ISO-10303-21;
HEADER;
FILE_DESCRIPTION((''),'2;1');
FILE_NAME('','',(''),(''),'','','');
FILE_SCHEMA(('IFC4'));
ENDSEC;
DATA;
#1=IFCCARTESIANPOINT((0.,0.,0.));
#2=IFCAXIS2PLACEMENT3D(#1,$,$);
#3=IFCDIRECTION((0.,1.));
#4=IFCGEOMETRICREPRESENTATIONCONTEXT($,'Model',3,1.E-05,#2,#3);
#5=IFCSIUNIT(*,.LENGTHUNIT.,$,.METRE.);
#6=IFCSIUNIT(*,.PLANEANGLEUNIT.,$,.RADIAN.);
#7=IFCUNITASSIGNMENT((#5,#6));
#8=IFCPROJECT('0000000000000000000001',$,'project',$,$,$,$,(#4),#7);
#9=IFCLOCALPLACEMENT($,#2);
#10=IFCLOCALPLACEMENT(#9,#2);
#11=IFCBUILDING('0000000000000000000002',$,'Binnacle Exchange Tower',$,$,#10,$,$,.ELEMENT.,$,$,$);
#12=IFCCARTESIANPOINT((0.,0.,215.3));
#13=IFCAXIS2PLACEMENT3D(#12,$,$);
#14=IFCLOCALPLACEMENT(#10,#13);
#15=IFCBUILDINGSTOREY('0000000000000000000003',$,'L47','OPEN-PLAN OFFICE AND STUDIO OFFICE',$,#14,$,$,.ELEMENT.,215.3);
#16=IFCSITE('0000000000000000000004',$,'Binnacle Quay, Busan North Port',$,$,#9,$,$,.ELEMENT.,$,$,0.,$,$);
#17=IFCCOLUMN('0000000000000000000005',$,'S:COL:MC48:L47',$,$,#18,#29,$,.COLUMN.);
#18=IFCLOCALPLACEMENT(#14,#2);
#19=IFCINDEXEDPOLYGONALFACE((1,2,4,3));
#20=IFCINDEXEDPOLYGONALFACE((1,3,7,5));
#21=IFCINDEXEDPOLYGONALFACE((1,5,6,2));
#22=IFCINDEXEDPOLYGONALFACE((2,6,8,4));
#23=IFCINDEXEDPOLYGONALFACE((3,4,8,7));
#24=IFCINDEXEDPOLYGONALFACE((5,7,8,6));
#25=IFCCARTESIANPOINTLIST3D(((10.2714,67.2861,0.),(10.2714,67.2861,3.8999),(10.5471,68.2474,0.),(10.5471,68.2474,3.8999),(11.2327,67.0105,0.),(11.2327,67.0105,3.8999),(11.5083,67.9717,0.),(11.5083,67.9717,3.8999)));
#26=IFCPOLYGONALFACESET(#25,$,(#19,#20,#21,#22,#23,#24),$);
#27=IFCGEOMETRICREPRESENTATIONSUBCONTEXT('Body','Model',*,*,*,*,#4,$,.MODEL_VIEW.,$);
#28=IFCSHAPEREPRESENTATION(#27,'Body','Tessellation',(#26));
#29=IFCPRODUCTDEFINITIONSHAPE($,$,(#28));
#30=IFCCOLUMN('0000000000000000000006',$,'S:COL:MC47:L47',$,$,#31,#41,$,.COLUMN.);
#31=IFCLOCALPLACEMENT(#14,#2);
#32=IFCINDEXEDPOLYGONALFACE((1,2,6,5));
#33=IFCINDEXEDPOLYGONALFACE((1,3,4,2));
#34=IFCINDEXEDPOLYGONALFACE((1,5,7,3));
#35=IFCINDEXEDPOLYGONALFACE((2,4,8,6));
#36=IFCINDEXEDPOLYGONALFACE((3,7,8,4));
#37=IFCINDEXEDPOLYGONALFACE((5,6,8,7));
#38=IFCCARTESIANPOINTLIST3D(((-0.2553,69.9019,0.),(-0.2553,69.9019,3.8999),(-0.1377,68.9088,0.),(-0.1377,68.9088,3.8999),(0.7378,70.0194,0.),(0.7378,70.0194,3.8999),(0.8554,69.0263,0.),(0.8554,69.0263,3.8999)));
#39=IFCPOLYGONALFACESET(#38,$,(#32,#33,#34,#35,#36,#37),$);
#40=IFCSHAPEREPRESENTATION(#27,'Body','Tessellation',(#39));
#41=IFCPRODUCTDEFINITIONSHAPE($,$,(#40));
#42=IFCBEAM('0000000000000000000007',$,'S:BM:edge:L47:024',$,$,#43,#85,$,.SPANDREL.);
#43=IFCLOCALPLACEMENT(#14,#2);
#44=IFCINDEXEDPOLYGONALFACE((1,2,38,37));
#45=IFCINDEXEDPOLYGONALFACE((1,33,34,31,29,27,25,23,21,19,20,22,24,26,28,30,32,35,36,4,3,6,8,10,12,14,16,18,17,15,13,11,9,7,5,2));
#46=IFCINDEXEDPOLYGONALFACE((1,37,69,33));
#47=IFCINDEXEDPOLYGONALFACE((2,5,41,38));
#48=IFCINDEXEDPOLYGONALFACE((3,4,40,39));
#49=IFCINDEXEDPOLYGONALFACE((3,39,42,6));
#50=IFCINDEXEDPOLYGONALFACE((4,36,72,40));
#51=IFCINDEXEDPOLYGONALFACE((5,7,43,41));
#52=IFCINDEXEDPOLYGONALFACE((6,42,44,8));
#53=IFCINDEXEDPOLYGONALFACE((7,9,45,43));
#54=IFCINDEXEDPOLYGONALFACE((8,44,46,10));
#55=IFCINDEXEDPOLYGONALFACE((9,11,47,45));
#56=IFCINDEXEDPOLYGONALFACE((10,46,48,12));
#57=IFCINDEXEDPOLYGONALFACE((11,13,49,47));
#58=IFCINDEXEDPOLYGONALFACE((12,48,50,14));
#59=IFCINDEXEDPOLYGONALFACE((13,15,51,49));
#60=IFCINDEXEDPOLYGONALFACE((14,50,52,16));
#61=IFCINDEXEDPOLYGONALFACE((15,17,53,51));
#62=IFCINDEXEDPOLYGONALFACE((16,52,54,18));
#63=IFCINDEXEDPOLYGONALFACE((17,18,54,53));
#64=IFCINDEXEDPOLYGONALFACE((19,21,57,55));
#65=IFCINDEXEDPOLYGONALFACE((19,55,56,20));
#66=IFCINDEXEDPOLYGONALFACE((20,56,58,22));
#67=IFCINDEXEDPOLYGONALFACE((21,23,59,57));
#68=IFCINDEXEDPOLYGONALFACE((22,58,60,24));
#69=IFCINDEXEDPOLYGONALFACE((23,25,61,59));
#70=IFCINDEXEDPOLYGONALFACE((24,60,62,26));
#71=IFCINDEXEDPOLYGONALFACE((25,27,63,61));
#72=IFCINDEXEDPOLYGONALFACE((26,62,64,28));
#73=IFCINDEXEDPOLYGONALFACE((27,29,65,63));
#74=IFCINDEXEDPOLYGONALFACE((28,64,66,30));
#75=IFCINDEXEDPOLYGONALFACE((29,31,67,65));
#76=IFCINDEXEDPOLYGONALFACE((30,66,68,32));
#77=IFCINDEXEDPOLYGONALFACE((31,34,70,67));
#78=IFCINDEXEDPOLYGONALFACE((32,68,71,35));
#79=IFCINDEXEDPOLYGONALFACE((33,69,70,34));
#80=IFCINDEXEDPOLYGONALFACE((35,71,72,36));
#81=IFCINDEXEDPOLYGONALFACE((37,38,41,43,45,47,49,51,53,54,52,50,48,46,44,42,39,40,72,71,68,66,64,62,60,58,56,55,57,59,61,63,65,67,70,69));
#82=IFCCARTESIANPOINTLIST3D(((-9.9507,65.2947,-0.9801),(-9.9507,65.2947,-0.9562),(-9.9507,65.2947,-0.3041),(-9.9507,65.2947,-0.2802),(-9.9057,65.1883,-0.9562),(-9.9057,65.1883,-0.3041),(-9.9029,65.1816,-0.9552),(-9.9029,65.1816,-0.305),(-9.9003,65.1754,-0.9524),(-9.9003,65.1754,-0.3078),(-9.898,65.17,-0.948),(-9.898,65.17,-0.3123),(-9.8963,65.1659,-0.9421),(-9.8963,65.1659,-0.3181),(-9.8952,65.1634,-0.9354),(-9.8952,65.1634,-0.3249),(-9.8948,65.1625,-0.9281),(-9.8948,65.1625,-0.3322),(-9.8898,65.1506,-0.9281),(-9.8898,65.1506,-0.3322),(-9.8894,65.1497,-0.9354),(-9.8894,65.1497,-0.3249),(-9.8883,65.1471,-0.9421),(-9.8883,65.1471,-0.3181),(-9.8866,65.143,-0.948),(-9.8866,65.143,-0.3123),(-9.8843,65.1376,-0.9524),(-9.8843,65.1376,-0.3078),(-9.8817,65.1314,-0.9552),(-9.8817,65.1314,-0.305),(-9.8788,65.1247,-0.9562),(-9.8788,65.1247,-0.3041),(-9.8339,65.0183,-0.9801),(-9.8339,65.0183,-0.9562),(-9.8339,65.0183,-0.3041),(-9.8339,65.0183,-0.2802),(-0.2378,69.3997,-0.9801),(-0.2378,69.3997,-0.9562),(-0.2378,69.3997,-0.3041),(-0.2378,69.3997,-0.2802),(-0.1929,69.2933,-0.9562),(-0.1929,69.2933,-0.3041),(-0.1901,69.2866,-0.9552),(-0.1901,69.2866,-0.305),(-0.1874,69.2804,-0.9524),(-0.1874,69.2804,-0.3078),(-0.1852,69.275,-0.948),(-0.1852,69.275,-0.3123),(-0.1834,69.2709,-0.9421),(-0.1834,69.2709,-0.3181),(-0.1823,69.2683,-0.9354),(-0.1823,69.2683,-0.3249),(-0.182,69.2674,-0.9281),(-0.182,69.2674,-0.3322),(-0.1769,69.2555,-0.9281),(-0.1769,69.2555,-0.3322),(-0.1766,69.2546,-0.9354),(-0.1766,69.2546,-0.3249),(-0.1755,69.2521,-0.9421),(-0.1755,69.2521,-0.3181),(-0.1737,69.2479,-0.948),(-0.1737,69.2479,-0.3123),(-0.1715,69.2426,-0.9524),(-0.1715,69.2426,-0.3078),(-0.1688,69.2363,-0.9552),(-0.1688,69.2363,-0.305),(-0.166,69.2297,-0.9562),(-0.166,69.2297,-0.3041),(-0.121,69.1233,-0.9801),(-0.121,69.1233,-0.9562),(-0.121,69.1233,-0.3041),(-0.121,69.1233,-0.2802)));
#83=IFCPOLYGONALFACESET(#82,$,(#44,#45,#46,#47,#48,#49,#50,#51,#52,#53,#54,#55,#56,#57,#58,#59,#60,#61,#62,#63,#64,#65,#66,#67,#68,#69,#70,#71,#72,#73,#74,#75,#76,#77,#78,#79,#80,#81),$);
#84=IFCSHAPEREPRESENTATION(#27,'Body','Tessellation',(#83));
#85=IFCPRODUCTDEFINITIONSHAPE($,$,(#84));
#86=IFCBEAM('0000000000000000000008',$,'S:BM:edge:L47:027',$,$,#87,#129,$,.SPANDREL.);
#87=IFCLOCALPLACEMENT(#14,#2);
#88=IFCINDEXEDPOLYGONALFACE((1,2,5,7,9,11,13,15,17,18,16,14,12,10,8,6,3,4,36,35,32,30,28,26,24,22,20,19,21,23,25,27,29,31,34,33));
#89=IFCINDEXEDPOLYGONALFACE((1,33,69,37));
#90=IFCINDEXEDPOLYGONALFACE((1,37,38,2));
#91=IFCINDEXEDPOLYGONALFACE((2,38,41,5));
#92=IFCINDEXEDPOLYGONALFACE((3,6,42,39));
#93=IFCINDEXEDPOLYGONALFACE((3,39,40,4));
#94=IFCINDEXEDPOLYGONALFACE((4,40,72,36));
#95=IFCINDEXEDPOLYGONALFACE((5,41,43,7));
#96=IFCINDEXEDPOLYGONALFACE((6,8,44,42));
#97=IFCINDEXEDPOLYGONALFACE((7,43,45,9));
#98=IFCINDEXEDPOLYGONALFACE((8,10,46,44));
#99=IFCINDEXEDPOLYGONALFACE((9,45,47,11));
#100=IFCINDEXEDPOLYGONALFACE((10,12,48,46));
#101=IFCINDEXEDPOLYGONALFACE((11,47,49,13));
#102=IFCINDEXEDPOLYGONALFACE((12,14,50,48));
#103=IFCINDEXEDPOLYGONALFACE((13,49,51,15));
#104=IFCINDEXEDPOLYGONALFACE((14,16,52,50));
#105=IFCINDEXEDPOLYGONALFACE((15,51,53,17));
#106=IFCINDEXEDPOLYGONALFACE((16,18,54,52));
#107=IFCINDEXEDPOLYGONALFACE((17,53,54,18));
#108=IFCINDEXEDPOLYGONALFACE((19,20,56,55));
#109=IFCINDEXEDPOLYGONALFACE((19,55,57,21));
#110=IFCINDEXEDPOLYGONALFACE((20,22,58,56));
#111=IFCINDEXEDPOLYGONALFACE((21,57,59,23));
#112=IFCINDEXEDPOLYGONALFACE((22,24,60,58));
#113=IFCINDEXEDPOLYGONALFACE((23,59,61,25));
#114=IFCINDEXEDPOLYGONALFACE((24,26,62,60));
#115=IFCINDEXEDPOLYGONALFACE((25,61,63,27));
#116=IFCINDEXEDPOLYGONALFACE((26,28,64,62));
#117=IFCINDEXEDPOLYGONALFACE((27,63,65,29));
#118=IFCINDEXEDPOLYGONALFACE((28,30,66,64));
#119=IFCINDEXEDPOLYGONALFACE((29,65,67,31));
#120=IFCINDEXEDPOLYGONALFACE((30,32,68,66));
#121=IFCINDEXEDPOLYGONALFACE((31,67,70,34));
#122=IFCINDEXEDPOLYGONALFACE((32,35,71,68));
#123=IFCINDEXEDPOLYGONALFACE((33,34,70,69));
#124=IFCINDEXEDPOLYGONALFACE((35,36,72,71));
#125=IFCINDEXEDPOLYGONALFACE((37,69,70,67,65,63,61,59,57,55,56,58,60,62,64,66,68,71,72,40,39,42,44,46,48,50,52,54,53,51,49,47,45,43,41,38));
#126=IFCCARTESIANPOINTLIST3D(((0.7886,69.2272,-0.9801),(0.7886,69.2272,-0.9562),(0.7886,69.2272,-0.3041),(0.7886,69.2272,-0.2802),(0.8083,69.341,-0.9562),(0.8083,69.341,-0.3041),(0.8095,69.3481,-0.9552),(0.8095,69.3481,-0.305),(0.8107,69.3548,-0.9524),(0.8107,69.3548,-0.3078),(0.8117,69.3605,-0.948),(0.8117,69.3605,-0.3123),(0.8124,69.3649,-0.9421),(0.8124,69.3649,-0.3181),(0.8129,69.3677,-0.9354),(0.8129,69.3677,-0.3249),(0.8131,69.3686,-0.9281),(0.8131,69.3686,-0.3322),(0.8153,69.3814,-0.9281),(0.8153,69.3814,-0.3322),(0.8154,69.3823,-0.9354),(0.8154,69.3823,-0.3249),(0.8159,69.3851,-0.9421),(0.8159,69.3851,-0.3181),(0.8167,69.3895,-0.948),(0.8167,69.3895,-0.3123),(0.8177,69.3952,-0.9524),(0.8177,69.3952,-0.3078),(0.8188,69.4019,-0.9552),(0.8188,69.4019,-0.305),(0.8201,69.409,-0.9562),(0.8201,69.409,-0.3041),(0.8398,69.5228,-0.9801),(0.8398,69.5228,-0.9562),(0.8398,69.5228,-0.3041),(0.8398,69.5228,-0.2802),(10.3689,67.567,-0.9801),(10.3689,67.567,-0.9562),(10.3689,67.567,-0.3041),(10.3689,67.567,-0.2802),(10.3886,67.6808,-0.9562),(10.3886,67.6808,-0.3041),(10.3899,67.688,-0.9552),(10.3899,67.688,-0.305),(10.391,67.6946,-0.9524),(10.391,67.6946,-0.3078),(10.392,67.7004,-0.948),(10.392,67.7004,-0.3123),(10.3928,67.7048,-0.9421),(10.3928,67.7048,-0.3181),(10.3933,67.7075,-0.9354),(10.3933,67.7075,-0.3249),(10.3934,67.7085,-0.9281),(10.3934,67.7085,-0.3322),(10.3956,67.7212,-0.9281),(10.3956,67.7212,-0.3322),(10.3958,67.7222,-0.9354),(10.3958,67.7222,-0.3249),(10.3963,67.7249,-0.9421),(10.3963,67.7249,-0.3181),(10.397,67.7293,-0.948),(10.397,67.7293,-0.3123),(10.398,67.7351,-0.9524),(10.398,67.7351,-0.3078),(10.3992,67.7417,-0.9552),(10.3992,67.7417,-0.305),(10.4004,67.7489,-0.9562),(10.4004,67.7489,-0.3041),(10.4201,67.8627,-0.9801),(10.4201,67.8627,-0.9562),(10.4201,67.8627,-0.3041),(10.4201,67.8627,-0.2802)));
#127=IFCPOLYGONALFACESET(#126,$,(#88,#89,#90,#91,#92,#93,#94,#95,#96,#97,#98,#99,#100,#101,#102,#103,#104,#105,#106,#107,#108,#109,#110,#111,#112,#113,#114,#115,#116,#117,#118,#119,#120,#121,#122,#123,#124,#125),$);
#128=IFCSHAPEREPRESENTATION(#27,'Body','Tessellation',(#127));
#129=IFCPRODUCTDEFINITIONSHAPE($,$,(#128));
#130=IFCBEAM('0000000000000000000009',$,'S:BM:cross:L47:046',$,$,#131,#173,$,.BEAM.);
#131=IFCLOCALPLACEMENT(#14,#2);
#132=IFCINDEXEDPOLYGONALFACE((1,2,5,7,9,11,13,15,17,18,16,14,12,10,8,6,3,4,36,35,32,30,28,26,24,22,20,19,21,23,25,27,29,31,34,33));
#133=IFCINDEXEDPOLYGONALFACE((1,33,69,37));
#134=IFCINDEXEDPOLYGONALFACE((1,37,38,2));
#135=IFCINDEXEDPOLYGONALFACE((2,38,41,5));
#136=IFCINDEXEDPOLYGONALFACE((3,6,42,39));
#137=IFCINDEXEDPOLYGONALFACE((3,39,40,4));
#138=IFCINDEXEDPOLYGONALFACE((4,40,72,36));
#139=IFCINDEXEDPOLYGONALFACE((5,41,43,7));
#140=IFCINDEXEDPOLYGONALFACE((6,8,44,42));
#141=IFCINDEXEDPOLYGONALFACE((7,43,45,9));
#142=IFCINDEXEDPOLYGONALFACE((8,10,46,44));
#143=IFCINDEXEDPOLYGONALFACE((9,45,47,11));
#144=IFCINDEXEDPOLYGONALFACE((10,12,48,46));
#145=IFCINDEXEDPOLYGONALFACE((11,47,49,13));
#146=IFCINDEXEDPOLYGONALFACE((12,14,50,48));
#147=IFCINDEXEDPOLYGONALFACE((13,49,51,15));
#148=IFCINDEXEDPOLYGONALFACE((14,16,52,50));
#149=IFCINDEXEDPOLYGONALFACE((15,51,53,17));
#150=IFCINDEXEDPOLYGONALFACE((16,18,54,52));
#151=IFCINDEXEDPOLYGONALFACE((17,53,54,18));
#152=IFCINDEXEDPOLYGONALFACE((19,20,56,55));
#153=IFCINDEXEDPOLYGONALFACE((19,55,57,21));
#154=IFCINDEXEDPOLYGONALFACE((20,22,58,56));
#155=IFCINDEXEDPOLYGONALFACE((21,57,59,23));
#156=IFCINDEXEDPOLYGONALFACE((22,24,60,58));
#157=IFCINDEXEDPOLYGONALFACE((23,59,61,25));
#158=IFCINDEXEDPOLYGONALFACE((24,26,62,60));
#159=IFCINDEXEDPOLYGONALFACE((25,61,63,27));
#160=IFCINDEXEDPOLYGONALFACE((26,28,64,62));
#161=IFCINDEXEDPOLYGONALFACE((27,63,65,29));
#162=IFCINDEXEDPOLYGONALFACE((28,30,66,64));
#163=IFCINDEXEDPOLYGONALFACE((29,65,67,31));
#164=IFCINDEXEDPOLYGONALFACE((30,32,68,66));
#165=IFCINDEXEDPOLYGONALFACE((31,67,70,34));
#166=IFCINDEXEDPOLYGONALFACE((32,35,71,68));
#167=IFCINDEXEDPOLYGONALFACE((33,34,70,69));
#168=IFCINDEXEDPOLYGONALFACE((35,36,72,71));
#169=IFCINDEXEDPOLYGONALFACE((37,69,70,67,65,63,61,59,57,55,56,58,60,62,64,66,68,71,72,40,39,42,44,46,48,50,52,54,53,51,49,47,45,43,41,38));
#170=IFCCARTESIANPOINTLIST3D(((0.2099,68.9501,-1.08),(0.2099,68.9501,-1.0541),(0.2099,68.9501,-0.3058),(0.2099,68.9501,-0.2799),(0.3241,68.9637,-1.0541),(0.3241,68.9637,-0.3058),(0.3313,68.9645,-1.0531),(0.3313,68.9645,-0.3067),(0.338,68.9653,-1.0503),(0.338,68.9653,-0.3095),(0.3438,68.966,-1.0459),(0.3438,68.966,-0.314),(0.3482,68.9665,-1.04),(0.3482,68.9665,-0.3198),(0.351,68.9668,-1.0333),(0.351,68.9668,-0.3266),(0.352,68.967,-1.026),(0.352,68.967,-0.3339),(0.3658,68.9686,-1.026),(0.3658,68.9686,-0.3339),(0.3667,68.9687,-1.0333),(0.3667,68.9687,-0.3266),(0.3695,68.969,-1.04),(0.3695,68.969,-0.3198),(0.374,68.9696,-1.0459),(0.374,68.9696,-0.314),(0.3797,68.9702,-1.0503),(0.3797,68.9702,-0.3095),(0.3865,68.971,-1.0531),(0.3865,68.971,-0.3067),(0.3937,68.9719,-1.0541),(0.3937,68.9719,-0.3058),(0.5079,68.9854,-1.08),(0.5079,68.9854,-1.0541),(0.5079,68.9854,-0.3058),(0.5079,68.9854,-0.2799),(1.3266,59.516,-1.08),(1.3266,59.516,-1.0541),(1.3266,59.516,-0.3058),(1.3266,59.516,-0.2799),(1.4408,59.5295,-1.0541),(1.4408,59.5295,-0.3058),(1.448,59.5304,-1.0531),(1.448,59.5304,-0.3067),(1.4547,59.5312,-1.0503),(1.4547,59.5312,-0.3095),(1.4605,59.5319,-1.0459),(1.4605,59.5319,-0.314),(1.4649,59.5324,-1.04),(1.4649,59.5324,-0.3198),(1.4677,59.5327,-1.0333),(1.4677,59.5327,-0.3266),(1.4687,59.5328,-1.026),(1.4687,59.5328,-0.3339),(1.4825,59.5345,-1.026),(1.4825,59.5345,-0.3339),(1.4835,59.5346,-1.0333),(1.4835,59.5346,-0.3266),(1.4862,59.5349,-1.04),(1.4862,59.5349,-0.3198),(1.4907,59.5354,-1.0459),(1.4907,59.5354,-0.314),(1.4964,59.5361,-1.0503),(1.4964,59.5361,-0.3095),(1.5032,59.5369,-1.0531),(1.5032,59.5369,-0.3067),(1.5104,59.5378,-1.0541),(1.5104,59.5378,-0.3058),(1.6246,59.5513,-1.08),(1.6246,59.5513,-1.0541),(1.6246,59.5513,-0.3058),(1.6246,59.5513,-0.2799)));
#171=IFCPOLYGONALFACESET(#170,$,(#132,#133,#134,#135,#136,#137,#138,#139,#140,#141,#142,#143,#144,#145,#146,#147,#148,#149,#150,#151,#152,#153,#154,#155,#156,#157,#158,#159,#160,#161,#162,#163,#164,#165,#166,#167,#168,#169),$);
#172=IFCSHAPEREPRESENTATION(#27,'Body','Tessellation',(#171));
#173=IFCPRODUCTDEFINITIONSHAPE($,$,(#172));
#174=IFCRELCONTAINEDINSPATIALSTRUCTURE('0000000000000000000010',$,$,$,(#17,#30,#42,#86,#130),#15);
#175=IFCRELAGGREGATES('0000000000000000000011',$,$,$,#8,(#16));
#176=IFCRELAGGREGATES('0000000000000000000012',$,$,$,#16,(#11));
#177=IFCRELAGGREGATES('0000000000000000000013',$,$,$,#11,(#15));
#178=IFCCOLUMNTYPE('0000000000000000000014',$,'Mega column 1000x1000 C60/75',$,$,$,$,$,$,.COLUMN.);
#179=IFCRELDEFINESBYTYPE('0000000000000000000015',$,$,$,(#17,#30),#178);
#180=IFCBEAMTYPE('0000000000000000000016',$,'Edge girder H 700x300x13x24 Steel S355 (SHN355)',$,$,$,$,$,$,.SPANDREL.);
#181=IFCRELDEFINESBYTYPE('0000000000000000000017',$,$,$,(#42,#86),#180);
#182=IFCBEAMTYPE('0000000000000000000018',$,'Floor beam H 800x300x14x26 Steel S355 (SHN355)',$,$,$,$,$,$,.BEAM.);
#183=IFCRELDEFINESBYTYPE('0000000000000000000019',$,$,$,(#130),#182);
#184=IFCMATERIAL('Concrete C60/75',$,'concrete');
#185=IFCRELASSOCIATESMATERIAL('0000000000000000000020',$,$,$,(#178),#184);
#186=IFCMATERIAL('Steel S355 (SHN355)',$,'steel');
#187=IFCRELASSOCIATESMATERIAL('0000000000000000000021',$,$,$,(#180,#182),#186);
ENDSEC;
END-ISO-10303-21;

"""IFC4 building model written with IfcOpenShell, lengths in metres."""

from ifc_helpers import new_model, si_unit, direction, frame, origin, origin_2d, place, context, subcontext, project, spatial, rectangle, i_section, extrude, material, material_profile, profile_set, type_object, element, save


model = new_model("IFC4")

# Units and contexts
model_context = context("Model", 3, precision=1e-05, world=origin(), true_north=direction((0.0, 1.0)))
body_context = subcontext(model_context, "Body", "Model", "MODEL_VIEW")
ifc_project = project(units=[si_unit("LENGTHUNIT", "METRE"), si_unit("PLANEANGLEUNIT", "RADIAN")], contexts=[model_context])

# Site, building, storey
site_placement = place(None, origin())
site = spatial("IfcSite", under=ifc_project, at=site_placement, Name="Binnacle Quay, Busan North Port", CompositionType="ELEMENT", RefElevation=0.0)
building_placement = place(site_placement, origin())
building = spatial("IfcBuilding", under=site, at=building_placement, Name="Binnacle Exchange Tower", CompositionType="ELEMENT")
storey_placement = place(building_placement, frame((0.0, 0.0, 215.3)))
storey = spatial("IfcBuildingStorey", under=building, at=storey_placement, Name="L47", Description="OPEN-PLAN OFFICE AND STUDIO OFFICE", CompositionType="ELEMENT", Elevation=215.3)

# Columns
ifc_material_1 = material(Name="Concrete C60/75", Category="concrete")
ifc_material_profile_1 = material_profile(ifc_material_1, rectangle(XDim=1.0, YDim=1.0, at=origin_2d()), Name="Mega column 1000x1000 C60/75")
ifc_profile_set_1 = profile_set([ifc_material_profile_1], Name="Concrete C60/75")
column_type = type_object("IfcColumnType", Name="Mega column 1000x1000 C60/75", PredefinedType="COLUMN", material=ifc_profile_set_1)
for number, where, z_axis, x_axis, name in (
    (1, (10.8899, 67.6289, 0.0), (0.0, 0.0, 1.0), (-0.961262, 0.275637, 0.0), "S:COL:MC48:L47"),
    (2, (0.3, 69.4641, 0.0), (0.0, 0.0, 1.0), (-0.993068, -0.117537, 0.0), "S:COL:MC47:L47"),
):
    element("IfcColumn", number, at=place(storey_placement, frame(where, z_axis=z_axis, x_axis=x_axis)), inside=storey, type_object=column_type, Name=name, PredefinedType="COLUMN", context=body_context, shape_type="SweptSolid", body=[
        extrude(rectangle(XDim=1.0, YDim=1.0, at=origin_2d()), origin(), (0.0, 0.0, 1.0), 3.8999),
    ])

# Beams
ifc_material_2 = material(Name="Steel S355 (SHN355)", Category="steel")
ifc_material_profile_2 = material_profile(ifc_material_2, i_section(OverallWidth=0.3, OverallDepth=0.7, WebThickness=0.0129, FlangeThickness=0.0239, FilletRadius=0.0281, at=origin_2d()), Name="H 700x300x13x24")
ifc_profile_set_2 = profile_set([ifc_material_profile_2], Name="Steel S355 (SHN355)")
beam_type_1 = type_object("IfcBeamType", Name="Edge girder H 700x300x13x24 Steel S355 (SHN355)", PredefinedType="SPANDREL", material=ifc_profile_set_2)
beam_1_placement = place(storey_placement, frame((-0.1794, 69.2615, -0.6301), z_axis=(-0.921114, -0.389293, 0.0), x_axis=(0.389293, -0.921114, 0.0)))
element("IfcBeam", 3, at=beam_1_placement, inside=storey, type_object=beam_type_1, Name="S:BM:edge:L47:024", PredefinedType="SPANDREL", context=body_context, shape_type="SweptSolid", body=[
    extrude(i_section(OverallWidth=0.3, OverallDepth=0.7, WebThickness=0.0129, FlangeThickness=0.0239, FilletRadius=0.0281, at=origin_2d()), origin(), (0.0, 0.0, 1.0), 10.5447),
])
beam_2_placement = place(storey_placement, frame((10.3945, 67.7148, -0.6301), z_axis=(-0.985316, 0.170743, 0.0), x_axis=(-0.170743, -0.985316, 0.0)))
element("IfcBeam", 4, at=beam_2_placement, inside=storey, type_object=beam_type_1, Name="S:BM:edge:L47:027", PredefinedType="SPANDREL", context=body_context, shape_type="SweptSolid", body=[
    extrude(i_section(OverallWidth=0.3, OverallDepth=0.7, WebThickness=0.0129, FlangeThickness=0.0239, FilletRadius=0.0281, at=origin_2d()), origin(), (0.0, 0.0, 1.0), 9.7231),
])
ifc_material_profile_3 = material_profile(ifc_material_2, i_section(OverallWidth=0.3, OverallDepth=0.8, WebThickness=0.0139, FlangeThickness=0.0259, FilletRadius=0.0281, at=origin_2d()), Name="H 800x300x14x26")
ifc_profile_set_3 = profile_set([ifc_material_profile_3], Name="Steel S355 (SHN355)")
beam_type_2 = type_object("IfcBeamType", Name="Floor beam H 800x300x14x26 Steel S355 (SHN355)", PredefinedType="BEAM", material=ifc_profile_set_3)
beam_3_placement = place(storey_placement, frame((0.3589, 68.9678, -0.6799), z_axis=(0.117548, -0.993067, 0.0), x_axis=(0.993067, 0.117548, 0.0)))
element("IfcBeam", 5, at=beam_3_placement, inside=storey, type_object=beam_type_2, Name="S:BM:cross:L47:046", PredefinedType="BEAM", context=body_context, shape_type="SweptSolid", body=[
    extrude(i_section(OverallWidth=0.3, OverallDepth=0.8, WebThickness=0.0139, FlangeThickness=0.0259, FilletRadius=0.0281, at=origin_2d()), origin(), (0.0, 0.0, 1.0), 9.5),
])

save(model, "model.ifc")
